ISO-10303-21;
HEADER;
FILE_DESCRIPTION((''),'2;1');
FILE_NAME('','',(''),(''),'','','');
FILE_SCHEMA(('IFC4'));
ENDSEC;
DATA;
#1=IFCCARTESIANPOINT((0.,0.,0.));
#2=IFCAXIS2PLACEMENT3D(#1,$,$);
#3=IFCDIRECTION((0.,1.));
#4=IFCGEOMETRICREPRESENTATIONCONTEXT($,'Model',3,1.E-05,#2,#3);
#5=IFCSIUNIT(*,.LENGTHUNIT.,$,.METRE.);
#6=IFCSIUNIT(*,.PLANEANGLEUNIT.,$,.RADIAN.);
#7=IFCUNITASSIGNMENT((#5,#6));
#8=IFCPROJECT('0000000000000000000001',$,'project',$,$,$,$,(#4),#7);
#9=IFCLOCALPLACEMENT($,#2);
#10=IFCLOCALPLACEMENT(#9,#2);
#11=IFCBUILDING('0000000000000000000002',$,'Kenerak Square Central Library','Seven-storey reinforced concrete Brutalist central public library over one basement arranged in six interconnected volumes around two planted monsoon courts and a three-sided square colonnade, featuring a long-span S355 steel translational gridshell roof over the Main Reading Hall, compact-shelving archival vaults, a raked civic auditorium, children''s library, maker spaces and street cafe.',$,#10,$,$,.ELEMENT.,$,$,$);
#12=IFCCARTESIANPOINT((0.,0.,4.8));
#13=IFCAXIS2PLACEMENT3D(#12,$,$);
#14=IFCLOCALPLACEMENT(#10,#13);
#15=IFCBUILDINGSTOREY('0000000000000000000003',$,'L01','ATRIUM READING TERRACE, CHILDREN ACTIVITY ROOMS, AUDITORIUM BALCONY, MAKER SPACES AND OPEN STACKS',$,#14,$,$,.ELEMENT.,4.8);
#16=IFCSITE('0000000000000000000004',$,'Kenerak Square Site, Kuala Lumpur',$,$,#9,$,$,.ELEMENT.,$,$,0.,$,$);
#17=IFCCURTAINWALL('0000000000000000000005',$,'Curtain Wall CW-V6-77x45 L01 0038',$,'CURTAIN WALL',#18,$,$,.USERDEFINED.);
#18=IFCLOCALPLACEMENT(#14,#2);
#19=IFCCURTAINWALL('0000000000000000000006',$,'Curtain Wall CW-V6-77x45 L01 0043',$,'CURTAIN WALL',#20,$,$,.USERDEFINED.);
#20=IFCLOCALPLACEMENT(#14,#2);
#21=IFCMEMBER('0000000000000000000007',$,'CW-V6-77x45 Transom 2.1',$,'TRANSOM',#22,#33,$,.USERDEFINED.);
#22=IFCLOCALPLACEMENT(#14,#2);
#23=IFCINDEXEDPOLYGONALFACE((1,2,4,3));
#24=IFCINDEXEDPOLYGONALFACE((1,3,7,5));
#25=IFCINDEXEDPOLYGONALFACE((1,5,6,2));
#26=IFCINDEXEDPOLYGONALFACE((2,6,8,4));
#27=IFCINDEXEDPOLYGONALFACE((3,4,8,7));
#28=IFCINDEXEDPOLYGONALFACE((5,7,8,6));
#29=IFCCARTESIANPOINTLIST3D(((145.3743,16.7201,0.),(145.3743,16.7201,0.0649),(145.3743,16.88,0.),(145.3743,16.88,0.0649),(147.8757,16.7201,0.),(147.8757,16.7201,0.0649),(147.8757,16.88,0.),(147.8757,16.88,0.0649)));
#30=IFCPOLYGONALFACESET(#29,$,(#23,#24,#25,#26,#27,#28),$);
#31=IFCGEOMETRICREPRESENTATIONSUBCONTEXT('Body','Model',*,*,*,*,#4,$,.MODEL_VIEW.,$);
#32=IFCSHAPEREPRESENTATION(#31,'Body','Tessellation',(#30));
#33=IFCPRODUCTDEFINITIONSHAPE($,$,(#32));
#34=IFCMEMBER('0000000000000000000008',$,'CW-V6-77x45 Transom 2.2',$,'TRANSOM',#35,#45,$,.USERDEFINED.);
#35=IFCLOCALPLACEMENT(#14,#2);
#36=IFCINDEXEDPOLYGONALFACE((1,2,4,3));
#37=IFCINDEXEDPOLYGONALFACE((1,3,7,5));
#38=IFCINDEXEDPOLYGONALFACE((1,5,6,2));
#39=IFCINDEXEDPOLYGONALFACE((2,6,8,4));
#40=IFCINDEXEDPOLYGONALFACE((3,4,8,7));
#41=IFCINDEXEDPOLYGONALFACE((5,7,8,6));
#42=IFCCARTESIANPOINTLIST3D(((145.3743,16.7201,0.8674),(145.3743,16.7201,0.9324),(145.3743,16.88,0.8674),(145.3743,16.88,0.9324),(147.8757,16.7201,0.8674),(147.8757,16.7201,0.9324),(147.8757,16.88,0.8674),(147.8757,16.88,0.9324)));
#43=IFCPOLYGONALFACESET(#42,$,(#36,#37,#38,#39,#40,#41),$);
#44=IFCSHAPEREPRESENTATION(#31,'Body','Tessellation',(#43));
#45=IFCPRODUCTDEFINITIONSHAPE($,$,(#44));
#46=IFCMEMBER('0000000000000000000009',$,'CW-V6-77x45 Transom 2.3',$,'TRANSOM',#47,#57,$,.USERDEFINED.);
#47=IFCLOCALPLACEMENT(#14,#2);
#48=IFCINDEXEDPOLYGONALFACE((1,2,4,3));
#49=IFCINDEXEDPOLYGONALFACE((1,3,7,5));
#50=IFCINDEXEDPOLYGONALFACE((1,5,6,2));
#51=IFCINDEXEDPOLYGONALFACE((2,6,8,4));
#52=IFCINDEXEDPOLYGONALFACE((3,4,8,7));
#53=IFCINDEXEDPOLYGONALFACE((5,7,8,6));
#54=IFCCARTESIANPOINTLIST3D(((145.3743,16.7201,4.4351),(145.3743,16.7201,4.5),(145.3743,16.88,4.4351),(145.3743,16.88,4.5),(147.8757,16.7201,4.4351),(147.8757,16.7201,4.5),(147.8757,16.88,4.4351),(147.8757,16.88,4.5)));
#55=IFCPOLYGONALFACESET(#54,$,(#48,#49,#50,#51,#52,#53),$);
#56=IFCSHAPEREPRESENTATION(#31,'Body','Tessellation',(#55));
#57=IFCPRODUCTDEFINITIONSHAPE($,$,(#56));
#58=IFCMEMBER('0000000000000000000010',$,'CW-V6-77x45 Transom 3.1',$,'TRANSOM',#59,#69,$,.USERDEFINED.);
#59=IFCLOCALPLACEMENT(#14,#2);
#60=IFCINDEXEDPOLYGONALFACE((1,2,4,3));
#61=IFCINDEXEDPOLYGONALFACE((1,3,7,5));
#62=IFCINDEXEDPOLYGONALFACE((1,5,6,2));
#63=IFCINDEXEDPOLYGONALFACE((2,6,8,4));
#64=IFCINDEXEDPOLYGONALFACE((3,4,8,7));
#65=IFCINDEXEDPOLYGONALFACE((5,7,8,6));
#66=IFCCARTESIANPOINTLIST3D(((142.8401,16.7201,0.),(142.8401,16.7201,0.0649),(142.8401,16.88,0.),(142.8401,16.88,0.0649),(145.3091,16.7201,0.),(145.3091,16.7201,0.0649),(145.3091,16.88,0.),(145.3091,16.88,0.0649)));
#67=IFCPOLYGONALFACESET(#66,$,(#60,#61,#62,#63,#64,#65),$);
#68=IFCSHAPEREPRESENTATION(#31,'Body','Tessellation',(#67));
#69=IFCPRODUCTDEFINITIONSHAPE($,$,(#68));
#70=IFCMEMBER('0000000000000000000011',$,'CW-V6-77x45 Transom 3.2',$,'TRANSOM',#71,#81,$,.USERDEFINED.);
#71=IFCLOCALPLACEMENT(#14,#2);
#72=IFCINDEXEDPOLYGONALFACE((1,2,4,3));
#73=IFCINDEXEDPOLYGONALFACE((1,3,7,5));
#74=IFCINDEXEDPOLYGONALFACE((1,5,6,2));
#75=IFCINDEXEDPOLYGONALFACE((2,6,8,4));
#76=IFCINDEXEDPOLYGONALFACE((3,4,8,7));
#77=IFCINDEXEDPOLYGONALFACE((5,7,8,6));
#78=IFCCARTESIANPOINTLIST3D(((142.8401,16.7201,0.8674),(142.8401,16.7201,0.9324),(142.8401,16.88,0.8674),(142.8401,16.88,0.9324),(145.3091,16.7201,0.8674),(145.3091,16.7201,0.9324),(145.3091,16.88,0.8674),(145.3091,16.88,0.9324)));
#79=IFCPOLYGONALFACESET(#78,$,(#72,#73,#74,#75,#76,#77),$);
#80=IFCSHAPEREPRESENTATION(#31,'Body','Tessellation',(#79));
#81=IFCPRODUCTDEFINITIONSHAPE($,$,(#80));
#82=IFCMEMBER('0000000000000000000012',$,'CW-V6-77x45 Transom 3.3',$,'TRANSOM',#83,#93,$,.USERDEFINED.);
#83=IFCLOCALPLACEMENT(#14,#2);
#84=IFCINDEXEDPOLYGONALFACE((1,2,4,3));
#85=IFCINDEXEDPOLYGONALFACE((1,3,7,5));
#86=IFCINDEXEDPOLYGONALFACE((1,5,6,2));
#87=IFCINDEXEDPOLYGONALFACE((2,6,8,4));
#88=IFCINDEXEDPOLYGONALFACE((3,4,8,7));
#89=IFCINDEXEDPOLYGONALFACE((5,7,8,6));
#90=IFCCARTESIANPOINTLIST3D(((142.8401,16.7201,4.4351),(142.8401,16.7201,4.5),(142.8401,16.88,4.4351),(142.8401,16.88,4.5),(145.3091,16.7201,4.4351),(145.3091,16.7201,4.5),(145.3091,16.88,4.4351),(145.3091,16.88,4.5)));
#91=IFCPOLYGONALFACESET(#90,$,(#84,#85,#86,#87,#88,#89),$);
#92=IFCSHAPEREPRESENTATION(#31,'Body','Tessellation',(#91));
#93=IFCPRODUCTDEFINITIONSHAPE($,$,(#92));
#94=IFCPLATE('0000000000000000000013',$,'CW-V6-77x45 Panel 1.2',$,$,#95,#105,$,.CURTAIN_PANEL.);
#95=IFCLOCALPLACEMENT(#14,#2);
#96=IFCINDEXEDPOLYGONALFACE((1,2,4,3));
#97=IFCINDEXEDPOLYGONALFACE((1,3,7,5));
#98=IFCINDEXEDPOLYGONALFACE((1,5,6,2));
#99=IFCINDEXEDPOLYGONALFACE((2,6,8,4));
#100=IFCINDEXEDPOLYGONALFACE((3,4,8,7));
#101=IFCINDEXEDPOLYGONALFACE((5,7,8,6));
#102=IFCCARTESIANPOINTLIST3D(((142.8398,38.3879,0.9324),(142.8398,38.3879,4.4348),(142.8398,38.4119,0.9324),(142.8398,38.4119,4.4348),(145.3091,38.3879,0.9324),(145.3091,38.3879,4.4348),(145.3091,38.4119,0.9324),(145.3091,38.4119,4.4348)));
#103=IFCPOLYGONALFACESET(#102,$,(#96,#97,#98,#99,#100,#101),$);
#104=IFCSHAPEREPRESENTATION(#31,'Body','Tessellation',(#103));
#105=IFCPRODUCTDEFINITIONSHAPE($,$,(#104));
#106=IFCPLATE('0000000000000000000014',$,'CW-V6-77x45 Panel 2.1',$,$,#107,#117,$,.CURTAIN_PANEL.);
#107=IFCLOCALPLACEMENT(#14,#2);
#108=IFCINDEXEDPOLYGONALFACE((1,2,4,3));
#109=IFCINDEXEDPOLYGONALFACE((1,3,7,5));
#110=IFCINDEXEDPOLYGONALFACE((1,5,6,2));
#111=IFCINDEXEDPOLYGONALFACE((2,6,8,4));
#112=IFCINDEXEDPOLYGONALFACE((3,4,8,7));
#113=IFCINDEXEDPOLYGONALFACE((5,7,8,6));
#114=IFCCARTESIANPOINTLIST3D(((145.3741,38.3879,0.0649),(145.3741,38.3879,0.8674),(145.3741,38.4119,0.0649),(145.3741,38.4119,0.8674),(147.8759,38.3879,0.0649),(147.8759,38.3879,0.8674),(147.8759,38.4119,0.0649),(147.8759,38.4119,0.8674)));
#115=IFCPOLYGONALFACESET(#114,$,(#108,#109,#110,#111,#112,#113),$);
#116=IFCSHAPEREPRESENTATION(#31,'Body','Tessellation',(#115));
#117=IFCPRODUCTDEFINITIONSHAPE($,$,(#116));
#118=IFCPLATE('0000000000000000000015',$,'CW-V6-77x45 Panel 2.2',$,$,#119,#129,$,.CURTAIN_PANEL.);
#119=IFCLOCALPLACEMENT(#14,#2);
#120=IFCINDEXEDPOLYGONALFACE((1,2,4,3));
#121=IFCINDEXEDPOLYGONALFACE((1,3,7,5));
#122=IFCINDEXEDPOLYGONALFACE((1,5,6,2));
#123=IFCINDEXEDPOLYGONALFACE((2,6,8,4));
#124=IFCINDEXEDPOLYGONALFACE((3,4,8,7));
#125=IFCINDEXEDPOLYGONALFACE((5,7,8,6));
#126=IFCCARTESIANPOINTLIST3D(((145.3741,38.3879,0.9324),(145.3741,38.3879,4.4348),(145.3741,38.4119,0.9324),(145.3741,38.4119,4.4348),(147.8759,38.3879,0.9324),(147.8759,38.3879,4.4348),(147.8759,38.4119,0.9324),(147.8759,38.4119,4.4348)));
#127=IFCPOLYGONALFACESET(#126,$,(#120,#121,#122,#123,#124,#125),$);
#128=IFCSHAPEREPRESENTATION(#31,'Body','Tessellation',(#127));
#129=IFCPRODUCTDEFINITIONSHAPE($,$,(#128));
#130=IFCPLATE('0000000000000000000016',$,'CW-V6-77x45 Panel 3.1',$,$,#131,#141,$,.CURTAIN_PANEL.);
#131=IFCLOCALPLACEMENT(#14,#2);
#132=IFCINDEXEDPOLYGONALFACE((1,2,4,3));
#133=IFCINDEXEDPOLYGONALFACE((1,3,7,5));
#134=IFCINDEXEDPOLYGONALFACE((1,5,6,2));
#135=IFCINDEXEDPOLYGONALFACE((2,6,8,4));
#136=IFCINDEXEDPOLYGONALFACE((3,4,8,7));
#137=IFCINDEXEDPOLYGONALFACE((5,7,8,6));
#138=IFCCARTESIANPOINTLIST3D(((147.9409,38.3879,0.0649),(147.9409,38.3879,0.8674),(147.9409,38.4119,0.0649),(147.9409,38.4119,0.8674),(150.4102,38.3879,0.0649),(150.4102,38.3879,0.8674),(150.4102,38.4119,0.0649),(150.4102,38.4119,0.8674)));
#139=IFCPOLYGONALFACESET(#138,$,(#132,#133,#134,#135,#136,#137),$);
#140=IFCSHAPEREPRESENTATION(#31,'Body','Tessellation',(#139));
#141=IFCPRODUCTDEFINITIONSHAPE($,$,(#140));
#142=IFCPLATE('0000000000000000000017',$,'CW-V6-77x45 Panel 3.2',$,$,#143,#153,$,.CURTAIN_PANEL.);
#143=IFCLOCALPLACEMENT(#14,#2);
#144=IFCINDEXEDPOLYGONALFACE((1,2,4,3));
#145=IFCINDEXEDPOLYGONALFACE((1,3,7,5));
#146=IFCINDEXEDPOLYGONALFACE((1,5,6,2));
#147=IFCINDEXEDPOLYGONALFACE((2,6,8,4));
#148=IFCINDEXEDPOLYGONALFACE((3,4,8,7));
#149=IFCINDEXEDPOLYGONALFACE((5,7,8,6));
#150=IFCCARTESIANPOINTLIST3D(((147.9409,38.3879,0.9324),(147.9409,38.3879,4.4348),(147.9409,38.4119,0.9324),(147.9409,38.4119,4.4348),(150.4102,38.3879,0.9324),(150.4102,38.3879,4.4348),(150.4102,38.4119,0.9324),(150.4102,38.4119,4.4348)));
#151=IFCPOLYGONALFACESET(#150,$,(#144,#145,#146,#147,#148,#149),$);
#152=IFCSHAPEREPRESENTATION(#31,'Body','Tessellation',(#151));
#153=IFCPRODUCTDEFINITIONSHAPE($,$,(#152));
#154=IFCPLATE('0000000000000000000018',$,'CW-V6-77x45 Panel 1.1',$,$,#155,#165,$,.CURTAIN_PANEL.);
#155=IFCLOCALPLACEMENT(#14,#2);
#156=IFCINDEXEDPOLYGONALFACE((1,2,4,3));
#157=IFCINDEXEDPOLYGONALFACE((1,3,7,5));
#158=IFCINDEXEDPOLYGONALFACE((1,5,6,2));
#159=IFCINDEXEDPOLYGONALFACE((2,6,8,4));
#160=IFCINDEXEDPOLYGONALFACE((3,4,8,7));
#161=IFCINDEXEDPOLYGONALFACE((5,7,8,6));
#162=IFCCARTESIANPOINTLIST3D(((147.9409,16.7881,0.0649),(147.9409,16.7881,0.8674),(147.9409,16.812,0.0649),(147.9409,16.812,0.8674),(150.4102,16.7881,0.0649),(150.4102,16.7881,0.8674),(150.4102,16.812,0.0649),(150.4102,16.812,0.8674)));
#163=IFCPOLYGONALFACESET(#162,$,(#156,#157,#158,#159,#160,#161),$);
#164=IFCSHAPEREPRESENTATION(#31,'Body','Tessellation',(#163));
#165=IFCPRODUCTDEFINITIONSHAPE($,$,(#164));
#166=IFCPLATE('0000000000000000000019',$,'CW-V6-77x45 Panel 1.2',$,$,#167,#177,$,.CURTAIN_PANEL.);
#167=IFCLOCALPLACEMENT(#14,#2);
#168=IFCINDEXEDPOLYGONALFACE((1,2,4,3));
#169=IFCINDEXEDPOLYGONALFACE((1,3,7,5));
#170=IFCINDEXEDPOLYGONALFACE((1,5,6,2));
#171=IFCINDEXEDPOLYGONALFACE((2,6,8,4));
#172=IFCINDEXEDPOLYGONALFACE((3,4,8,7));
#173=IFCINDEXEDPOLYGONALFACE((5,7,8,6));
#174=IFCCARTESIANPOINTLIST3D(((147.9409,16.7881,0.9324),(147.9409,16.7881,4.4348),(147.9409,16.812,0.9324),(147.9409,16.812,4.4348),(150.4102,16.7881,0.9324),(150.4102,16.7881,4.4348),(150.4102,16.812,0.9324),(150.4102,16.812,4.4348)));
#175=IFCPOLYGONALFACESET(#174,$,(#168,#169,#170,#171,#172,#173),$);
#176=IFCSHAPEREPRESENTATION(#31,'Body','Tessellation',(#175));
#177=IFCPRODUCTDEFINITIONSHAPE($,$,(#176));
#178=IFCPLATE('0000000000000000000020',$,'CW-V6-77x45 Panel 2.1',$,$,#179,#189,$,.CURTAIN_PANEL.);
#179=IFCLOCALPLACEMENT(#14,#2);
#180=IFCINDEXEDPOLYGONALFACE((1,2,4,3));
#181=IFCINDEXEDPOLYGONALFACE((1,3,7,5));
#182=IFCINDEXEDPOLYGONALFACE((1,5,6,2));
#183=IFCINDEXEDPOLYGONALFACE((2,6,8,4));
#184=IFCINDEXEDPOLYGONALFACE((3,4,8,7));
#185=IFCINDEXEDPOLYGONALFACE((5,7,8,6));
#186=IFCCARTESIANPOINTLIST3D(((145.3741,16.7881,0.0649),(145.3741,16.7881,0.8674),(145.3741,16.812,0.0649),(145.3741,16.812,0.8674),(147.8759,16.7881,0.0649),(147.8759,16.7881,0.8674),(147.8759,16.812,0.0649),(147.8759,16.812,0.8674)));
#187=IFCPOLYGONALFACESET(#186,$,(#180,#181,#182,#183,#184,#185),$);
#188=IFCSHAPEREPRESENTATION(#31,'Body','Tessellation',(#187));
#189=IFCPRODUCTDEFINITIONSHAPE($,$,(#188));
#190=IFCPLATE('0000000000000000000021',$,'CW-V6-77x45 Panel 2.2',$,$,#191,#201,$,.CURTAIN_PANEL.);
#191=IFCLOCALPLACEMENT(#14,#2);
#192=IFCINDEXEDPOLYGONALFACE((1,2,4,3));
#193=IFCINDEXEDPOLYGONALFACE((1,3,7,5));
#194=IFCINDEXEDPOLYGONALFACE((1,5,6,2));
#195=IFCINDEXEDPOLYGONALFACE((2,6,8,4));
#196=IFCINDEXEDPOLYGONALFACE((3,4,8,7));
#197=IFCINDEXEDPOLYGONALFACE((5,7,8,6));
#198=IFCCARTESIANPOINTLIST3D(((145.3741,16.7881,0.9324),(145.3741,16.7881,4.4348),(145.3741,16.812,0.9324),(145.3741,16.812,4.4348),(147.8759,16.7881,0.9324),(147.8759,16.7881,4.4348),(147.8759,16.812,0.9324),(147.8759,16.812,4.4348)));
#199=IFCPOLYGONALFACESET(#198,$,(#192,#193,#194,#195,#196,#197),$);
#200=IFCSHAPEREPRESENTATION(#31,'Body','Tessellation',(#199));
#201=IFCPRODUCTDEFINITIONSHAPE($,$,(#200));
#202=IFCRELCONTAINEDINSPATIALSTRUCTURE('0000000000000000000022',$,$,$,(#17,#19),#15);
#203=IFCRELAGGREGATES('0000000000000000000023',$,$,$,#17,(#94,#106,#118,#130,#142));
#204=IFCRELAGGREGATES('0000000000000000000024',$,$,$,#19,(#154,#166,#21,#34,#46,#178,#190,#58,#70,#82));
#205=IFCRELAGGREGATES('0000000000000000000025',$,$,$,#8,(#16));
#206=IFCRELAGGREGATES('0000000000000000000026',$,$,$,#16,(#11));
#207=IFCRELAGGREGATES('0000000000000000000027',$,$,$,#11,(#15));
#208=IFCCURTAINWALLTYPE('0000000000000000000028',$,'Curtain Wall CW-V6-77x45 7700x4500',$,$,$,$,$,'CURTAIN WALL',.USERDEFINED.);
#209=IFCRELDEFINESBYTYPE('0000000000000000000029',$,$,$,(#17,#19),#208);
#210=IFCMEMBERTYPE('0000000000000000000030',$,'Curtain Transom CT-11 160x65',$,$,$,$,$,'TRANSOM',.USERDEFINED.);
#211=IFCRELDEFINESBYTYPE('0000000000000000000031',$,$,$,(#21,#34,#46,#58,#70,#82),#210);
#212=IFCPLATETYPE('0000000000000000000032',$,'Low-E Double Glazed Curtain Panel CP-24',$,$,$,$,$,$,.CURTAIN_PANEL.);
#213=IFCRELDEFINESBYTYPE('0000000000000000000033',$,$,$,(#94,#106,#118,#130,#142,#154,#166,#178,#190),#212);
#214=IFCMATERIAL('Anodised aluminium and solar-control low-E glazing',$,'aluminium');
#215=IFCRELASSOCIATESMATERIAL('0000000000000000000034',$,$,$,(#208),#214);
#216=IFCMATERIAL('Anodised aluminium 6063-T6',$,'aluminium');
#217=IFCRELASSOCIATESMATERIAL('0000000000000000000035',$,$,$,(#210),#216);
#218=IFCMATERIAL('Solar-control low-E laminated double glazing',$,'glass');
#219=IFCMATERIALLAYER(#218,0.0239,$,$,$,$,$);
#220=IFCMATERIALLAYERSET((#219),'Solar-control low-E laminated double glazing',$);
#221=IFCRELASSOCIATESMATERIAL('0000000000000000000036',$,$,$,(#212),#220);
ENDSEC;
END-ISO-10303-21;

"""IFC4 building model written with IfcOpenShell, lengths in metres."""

from ifc_helpers import new_model, si_unit, direction, frame, origin, origin_2d, place, context, subcontext, project, spatial, rectangle, extrude, material, layer, layer_set, material_profile, profile_set, type_object, element, aggregate, save


model = new_model("IFC4")

# Units and contexts
model_context = context("Model", 3, precision=1e-05, world=origin(), true_north=direction((0.0, 1.0)))
body_context = subcontext(model_context, "Body", "Model", "MODEL_VIEW")
ifc_project = project(units=[si_unit("LENGTHUNIT", "METRE"), si_unit("PLANEANGLEUNIT", "RADIAN")], contexts=[model_context])

# Site, building, storey
site_placement = place(None, origin())
site = spatial("IfcSite", under=ifc_project, at=site_placement, Name="Kenerak Square Site, Kuala Lumpur", CompositionType="ELEMENT", RefElevation=0.0)
building_placement = place(site_placement, origin())
building = spatial("IfcBuilding", under=site, at=building_placement, Name="Kenerak Square Central Library", Description="Seven-storey reinforced concrete Brutalist central public library over one basement arranged in six interconnected volumes around two planted monsoon courts and a three-sided square colonnade, featuring a long-span S355 steel translational gridshell roof over the Main Reading Hall, compact-shelving archival vaults, a raked civic auditorium, children's library, maker spaces and street cafe.", CompositionType="ELEMENT")
storey_placement = place(building_placement, frame((0.0, 0.0, 4.8)))
storey = spatial("IfcBuildingStorey", under=building, at=storey_placement, Name="L01", Description="ATRIUM READING TERRACE, CHILDREN ACTIVITY ROOMS, AUDITORIUM BALCONY, MAKER SPACES AND OPEN STACKS", CompositionType="ELEMENT", Elevation=4.8)

# Curtain walls
ifc_material_1 = material(Name="Anodised aluminium and solar-control low-E glazing", Category="aluminium")
curtain_wall_type = type_object("IfcCurtainWallType", Name="Curtain Wall CW-V6-77x45 7700x4500", ElementType="CURTAIN WALL", PredefinedType="USERDEFINED", material=ifc_material_1)
curtain_wall_1_placement = place(storey_placement, origin())
curtain_wall_1 = element("IfcCurtainWall", 1, at=curtain_wall_1_placement, inside=storey, type_object=curtain_wall_type, Name="Curtain Wall CW-V6-77x45 L01 0038", ObjectType="CURTAIN WALL", PredefinedType="USERDEFINED")
ifc_material_2 = material(Name="Anodised aluminium 6063-T6", Category="aluminium")
curtain_wall_2_placement = place(storey_placement, origin())
curtain_wall_2 = element("IfcCurtainWall", 2, at=curtain_wall_2_placement, inside=storey, type_object=curtain_wall_type, Name="Curtain Wall CW-V6-77x45 L01 0043", ObjectType="CURTAIN WALL", PredefinedType="USERDEFINED")

# Members
ifc_material_profile_1 = material_profile(ifc_material_2, rectangle(XDim=0.1599, YDim=0.0649, at=origin_2d()), Name="AL TRANSOM 160x65")
ifc_profile_set_1 = profile_set([ifc_material_profile_1], Name="Anodised aluminium 6063-T6")
member_type_1 = type_object("IfcMemberType", Name="Curtain Transom CT-11 160x65", ElementType="TRANSOM", PredefinedType="USERDEFINED", material=ifc_profile_set_1)
member_1_placement = place(storey_placement, frame((147.8757, 16.8, 0.0325), z_axis=(-1.0, 0.0, 0.0), x_axis=(0.0, -1.0, 0.0)))
member_1 = element("IfcMember", 3, at=member_1_placement, type_object=member_type_1, Name="CW-V6-77x45 Transom 2.1", ObjectType="TRANSOM", PredefinedType="USERDEFINED", context=body_context, shape_type="SweptSolid", body=[
    extrude(rectangle(XDim=0.1599, YDim=0.0649, at=origin_2d()), origin(), (0.0, 0.0, 1.0), 2.5015),
])
member_2_placement = place(storey_placement, frame((147.8757, 16.8, 0.8999), z_axis=(-1.0, 0.0, 0.0), x_axis=(0.0, -1.0, 0.0)))
member_2 = element("IfcMember", 4, at=member_2_placement, type_object=member_type_1, Name="CW-V6-77x45 Transom 2.2", ObjectType="TRANSOM", PredefinedType="USERDEFINED", context=body_context, shape_type="SweptSolid", body=[
    extrude(rectangle(XDim=0.1599, YDim=0.0649, at=origin_2d()), origin(), (0.0, 0.0, 1.0), 2.5015),
])
member_3_placement = place(storey_placement, frame((147.8757, 16.8, 4.4675), z_axis=(-1.0, 0.0, 0.0), x_axis=(0.0, -1.0, 0.0)))
member_3 = element("IfcMember", 5, at=member_3_placement, type_object=member_type_1, Name="CW-V6-77x45 Transom 2.3", ObjectType="TRANSOM", PredefinedType="USERDEFINED", context=body_context, shape_type="SweptSolid", body=[
    extrude(rectangle(XDim=0.1599, YDim=0.0649, at=origin_2d()), origin(), (0.0, 0.0, 1.0), 2.5015),
])
member_4_placement = place(storey_placement, frame((145.3091, 16.8, 0.0325), z_axis=(-1.0, 0.0, 0.0), x_axis=(0.0, -1.0, 0.0)))
member_4 = element("IfcMember", 6, at=member_4_placement, type_object=member_type_1, Name="CW-V6-77x45 Transom 3.1", ObjectType="TRANSOM", PredefinedType="USERDEFINED", context=body_context, shape_type="SweptSolid", body=[
    extrude(rectangle(XDim=0.1599, YDim=0.0649, at=origin_2d()), origin(), (0.0, 0.0, 1.0), 2.469),
])
member_5_placement = place(storey_placement, frame((145.3091, 16.8, 0.8999), z_axis=(-1.0, 0.0, 0.0), x_axis=(0.0, -1.0, 0.0)))
member_5 = element("IfcMember", 7, at=member_5_placement, type_object=member_type_1, Name="CW-V6-77x45 Transom 3.2", ObjectType="TRANSOM", PredefinedType="USERDEFINED", context=body_context, shape_type="SweptSolid", body=[
    extrude(rectangle(XDim=0.1599, YDim=0.0649, at=origin_2d()), origin(), (0.0, 0.0, 1.0), 2.469),
])
member_6_placement = place(storey_placement, frame((145.3091, 16.8, 4.4675), z_axis=(-1.0, 0.0, 0.0), x_axis=(0.0, -1.0, 0.0)))
member_6 = element("IfcMember", 8, at=member_6_placement, type_object=member_type_1, Name="CW-V6-77x45 Transom 3.3", ObjectType="TRANSOM", PredefinedType="USERDEFINED", context=body_context, shape_type="SweptSolid", body=[
    extrude(rectangle(XDim=0.1599, YDim=0.0649, at=origin_2d()), origin(), (0.0, 0.0, 1.0), 2.469),
])

# Plates
ifc_material_3 = material(Name="Solar-control low-E laminated double glazing", Category="glass")
ifc_layer = layer(ifc_material_3, 0.0239)
ifc_layer_set = layer_set([ifc_layer], Name="Solar-control low-E laminated double glazing")
plate_type = type_object("IfcPlateType", Name="Low-E Double Glazed Curtain Panel CP-24", PredefinedType="CURTAIN_PANEL", material=ifc_layer_set)
plate_1_placement = place(storey_placement, frame((144.0745, 38.3999, 0.9324), z_axis=(0.0, 0.0, 1.0), x_axis=(1.0, 0.0, 0.0)))
plate_1 = element("IfcPlate", 9, at=plate_1_placement, type_object=plate_type, Name="CW-V6-77x45 Panel 1.2", PredefinedType="CURTAIN_PANEL", context=body_context, shape_type="SweptSolid", body=[
    extrude(rectangle(XDim=2.4692, YDim=0.0239, at=origin_2d()), origin(), (0.0, 0.0, 1.0), 3.5024),
])
plate_2_placement = place(storey_placement, frame((146.625, 38.3999, 0.0649), z_axis=(0.0, 0.0, 1.0), x_axis=(1.0, 0.0, 0.0)))
plate_2 = element("IfcPlate", 10, at=plate_2_placement, type_object=plate_type, Name="CW-V6-77x45 Panel 2.1", PredefinedType="CURTAIN_PANEL", context=body_context, shape_type="SweptSolid", body=[
    extrude(rectangle(XDim=2.5017, YDim=0.0239, at=origin_2d()), origin(), (0.0, 0.0, 1.0), 0.8025),
])
plate_3_placement = place(storey_placement, frame((146.625, 38.3999, 0.9324), z_axis=(0.0, 0.0, 1.0), x_axis=(1.0, 0.0, 0.0)))
plate_3 = element("IfcPlate", 11, at=plate_3_placement, type_object=plate_type, Name="CW-V6-77x45 Panel 2.2", PredefinedType="CURTAIN_PANEL", context=body_context, shape_type="SweptSolid", body=[
    extrude(rectangle(XDim=2.5017, YDim=0.0239, at=origin_2d()), origin(), (0.0, 0.0, 1.0), 3.5024),
])
plate_4_placement = place(storey_placement, frame((149.1755, 38.3999, 0.0649), z_axis=(0.0, 0.0, 1.0), x_axis=(1.0, 0.0, 0.0)))
plate_4 = element("IfcPlate", 12, at=plate_4_placement, type_object=plate_type, Name="CW-V6-77x45 Panel 3.1", PredefinedType="CURTAIN_PANEL", context=body_context, shape_type="SweptSolid", body=[
    extrude(rectangle(XDim=2.4692, YDim=0.0239, at=origin_2d()), origin(), (0.0, 0.0, 1.0), 0.8025),
])
plate_5_placement = place(storey_placement, frame((149.1755, 38.3999, 0.9324), z_axis=(0.0, 0.0, 1.0), x_axis=(1.0, 0.0, 0.0)))
plate_5 = element("IfcPlate", 13, at=plate_5_placement, type_object=plate_type, Name="CW-V6-77x45 Panel 3.2", PredefinedType="CURTAIN_PANEL", context=body_context, shape_type="SweptSolid", body=[
    extrude(rectangle(XDim=2.4692, YDim=0.0239, at=origin_2d()), origin(), (0.0, 0.0, 1.0), 3.5024),
])
aggregate(curtain_wall_1, [plate_1, plate_2, plate_3, plate_4, plate_5])
plate_6_placement = place(storey_placement, frame((149.1755, 16.8, 0.0649), z_axis=(0.0, 0.0, 1.0), x_axis=(-1.0, 0.0, 0.0)))
plate_6 = element("IfcPlate", 14, at=plate_6_placement, type_object=plate_type, Name="CW-V6-77x45 Panel 1.1", PredefinedType="CURTAIN_PANEL", context=body_context, shape_type="SweptSolid", body=[
    extrude(rectangle(XDim=2.4692, YDim=0.0239, at=origin_2d()), origin(), (0.0, 0.0, 1.0), 0.8025),
])
plate_7_placement = place(storey_placement, frame((149.1755, 16.8, 0.9324), z_axis=(0.0, 0.0, 1.0), x_axis=(-1.0, 0.0, 0.0)))
plate_7 = element("IfcPlate", 15, at=plate_7_placement, type_object=plate_type, Name="CW-V6-77x45 Panel 1.2", PredefinedType="CURTAIN_PANEL", context=body_context, shape_type="SweptSolid", body=[
    extrude(rectangle(XDim=2.4692, YDim=0.0239, at=origin_2d()), origin(), (0.0, 0.0, 1.0), 3.5024),
])
plate_8_placement = place(storey_placement, frame((146.625, 16.8, 0.0649), z_axis=(0.0, 0.0, 1.0), x_axis=(-1.0, 0.0, 0.0)))
plate_8 = element("IfcPlate", 16, at=plate_8_placement, type_object=plate_type, Name="CW-V6-77x45 Panel 2.1", PredefinedType="CURTAIN_PANEL", context=body_context, shape_type="SweptSolid", body=[
    extrude(rectangle(XDim=2.5017, YDim=0.0239, at=origin_2d()), origin(), (0.0, 0.0, 1.0), 0.8025),
])
plate_9_placement = place(storey_placement, frame((146.625, 16.8, 0.9324), z_axis=(0.0, 0.0, 1.0), x_axis=(-1.0, 0.0, 0.0)))
plate_9 = element("IfcPlate", 17, at=plate_9_placement, type_object=plate_type, Name="CW-V6-77x45 Panel 2.2", PredefinedType="CURTAIN_PANEL", context=body_context, shape_type="SweptSolid", body=[
    extrude(rectangle(XDim=2.5017, YDim=0.0239, at=origin_2d()), origin(), (0.0, 0.0, 1.0), 3.5024),
])
aggregate(curtain_wall_2, [plate_6, plate_7, member_1, member_2, member_3, plate_8, plate_9, member_4, member_5, member_6])

save(model, "model.ifc")
